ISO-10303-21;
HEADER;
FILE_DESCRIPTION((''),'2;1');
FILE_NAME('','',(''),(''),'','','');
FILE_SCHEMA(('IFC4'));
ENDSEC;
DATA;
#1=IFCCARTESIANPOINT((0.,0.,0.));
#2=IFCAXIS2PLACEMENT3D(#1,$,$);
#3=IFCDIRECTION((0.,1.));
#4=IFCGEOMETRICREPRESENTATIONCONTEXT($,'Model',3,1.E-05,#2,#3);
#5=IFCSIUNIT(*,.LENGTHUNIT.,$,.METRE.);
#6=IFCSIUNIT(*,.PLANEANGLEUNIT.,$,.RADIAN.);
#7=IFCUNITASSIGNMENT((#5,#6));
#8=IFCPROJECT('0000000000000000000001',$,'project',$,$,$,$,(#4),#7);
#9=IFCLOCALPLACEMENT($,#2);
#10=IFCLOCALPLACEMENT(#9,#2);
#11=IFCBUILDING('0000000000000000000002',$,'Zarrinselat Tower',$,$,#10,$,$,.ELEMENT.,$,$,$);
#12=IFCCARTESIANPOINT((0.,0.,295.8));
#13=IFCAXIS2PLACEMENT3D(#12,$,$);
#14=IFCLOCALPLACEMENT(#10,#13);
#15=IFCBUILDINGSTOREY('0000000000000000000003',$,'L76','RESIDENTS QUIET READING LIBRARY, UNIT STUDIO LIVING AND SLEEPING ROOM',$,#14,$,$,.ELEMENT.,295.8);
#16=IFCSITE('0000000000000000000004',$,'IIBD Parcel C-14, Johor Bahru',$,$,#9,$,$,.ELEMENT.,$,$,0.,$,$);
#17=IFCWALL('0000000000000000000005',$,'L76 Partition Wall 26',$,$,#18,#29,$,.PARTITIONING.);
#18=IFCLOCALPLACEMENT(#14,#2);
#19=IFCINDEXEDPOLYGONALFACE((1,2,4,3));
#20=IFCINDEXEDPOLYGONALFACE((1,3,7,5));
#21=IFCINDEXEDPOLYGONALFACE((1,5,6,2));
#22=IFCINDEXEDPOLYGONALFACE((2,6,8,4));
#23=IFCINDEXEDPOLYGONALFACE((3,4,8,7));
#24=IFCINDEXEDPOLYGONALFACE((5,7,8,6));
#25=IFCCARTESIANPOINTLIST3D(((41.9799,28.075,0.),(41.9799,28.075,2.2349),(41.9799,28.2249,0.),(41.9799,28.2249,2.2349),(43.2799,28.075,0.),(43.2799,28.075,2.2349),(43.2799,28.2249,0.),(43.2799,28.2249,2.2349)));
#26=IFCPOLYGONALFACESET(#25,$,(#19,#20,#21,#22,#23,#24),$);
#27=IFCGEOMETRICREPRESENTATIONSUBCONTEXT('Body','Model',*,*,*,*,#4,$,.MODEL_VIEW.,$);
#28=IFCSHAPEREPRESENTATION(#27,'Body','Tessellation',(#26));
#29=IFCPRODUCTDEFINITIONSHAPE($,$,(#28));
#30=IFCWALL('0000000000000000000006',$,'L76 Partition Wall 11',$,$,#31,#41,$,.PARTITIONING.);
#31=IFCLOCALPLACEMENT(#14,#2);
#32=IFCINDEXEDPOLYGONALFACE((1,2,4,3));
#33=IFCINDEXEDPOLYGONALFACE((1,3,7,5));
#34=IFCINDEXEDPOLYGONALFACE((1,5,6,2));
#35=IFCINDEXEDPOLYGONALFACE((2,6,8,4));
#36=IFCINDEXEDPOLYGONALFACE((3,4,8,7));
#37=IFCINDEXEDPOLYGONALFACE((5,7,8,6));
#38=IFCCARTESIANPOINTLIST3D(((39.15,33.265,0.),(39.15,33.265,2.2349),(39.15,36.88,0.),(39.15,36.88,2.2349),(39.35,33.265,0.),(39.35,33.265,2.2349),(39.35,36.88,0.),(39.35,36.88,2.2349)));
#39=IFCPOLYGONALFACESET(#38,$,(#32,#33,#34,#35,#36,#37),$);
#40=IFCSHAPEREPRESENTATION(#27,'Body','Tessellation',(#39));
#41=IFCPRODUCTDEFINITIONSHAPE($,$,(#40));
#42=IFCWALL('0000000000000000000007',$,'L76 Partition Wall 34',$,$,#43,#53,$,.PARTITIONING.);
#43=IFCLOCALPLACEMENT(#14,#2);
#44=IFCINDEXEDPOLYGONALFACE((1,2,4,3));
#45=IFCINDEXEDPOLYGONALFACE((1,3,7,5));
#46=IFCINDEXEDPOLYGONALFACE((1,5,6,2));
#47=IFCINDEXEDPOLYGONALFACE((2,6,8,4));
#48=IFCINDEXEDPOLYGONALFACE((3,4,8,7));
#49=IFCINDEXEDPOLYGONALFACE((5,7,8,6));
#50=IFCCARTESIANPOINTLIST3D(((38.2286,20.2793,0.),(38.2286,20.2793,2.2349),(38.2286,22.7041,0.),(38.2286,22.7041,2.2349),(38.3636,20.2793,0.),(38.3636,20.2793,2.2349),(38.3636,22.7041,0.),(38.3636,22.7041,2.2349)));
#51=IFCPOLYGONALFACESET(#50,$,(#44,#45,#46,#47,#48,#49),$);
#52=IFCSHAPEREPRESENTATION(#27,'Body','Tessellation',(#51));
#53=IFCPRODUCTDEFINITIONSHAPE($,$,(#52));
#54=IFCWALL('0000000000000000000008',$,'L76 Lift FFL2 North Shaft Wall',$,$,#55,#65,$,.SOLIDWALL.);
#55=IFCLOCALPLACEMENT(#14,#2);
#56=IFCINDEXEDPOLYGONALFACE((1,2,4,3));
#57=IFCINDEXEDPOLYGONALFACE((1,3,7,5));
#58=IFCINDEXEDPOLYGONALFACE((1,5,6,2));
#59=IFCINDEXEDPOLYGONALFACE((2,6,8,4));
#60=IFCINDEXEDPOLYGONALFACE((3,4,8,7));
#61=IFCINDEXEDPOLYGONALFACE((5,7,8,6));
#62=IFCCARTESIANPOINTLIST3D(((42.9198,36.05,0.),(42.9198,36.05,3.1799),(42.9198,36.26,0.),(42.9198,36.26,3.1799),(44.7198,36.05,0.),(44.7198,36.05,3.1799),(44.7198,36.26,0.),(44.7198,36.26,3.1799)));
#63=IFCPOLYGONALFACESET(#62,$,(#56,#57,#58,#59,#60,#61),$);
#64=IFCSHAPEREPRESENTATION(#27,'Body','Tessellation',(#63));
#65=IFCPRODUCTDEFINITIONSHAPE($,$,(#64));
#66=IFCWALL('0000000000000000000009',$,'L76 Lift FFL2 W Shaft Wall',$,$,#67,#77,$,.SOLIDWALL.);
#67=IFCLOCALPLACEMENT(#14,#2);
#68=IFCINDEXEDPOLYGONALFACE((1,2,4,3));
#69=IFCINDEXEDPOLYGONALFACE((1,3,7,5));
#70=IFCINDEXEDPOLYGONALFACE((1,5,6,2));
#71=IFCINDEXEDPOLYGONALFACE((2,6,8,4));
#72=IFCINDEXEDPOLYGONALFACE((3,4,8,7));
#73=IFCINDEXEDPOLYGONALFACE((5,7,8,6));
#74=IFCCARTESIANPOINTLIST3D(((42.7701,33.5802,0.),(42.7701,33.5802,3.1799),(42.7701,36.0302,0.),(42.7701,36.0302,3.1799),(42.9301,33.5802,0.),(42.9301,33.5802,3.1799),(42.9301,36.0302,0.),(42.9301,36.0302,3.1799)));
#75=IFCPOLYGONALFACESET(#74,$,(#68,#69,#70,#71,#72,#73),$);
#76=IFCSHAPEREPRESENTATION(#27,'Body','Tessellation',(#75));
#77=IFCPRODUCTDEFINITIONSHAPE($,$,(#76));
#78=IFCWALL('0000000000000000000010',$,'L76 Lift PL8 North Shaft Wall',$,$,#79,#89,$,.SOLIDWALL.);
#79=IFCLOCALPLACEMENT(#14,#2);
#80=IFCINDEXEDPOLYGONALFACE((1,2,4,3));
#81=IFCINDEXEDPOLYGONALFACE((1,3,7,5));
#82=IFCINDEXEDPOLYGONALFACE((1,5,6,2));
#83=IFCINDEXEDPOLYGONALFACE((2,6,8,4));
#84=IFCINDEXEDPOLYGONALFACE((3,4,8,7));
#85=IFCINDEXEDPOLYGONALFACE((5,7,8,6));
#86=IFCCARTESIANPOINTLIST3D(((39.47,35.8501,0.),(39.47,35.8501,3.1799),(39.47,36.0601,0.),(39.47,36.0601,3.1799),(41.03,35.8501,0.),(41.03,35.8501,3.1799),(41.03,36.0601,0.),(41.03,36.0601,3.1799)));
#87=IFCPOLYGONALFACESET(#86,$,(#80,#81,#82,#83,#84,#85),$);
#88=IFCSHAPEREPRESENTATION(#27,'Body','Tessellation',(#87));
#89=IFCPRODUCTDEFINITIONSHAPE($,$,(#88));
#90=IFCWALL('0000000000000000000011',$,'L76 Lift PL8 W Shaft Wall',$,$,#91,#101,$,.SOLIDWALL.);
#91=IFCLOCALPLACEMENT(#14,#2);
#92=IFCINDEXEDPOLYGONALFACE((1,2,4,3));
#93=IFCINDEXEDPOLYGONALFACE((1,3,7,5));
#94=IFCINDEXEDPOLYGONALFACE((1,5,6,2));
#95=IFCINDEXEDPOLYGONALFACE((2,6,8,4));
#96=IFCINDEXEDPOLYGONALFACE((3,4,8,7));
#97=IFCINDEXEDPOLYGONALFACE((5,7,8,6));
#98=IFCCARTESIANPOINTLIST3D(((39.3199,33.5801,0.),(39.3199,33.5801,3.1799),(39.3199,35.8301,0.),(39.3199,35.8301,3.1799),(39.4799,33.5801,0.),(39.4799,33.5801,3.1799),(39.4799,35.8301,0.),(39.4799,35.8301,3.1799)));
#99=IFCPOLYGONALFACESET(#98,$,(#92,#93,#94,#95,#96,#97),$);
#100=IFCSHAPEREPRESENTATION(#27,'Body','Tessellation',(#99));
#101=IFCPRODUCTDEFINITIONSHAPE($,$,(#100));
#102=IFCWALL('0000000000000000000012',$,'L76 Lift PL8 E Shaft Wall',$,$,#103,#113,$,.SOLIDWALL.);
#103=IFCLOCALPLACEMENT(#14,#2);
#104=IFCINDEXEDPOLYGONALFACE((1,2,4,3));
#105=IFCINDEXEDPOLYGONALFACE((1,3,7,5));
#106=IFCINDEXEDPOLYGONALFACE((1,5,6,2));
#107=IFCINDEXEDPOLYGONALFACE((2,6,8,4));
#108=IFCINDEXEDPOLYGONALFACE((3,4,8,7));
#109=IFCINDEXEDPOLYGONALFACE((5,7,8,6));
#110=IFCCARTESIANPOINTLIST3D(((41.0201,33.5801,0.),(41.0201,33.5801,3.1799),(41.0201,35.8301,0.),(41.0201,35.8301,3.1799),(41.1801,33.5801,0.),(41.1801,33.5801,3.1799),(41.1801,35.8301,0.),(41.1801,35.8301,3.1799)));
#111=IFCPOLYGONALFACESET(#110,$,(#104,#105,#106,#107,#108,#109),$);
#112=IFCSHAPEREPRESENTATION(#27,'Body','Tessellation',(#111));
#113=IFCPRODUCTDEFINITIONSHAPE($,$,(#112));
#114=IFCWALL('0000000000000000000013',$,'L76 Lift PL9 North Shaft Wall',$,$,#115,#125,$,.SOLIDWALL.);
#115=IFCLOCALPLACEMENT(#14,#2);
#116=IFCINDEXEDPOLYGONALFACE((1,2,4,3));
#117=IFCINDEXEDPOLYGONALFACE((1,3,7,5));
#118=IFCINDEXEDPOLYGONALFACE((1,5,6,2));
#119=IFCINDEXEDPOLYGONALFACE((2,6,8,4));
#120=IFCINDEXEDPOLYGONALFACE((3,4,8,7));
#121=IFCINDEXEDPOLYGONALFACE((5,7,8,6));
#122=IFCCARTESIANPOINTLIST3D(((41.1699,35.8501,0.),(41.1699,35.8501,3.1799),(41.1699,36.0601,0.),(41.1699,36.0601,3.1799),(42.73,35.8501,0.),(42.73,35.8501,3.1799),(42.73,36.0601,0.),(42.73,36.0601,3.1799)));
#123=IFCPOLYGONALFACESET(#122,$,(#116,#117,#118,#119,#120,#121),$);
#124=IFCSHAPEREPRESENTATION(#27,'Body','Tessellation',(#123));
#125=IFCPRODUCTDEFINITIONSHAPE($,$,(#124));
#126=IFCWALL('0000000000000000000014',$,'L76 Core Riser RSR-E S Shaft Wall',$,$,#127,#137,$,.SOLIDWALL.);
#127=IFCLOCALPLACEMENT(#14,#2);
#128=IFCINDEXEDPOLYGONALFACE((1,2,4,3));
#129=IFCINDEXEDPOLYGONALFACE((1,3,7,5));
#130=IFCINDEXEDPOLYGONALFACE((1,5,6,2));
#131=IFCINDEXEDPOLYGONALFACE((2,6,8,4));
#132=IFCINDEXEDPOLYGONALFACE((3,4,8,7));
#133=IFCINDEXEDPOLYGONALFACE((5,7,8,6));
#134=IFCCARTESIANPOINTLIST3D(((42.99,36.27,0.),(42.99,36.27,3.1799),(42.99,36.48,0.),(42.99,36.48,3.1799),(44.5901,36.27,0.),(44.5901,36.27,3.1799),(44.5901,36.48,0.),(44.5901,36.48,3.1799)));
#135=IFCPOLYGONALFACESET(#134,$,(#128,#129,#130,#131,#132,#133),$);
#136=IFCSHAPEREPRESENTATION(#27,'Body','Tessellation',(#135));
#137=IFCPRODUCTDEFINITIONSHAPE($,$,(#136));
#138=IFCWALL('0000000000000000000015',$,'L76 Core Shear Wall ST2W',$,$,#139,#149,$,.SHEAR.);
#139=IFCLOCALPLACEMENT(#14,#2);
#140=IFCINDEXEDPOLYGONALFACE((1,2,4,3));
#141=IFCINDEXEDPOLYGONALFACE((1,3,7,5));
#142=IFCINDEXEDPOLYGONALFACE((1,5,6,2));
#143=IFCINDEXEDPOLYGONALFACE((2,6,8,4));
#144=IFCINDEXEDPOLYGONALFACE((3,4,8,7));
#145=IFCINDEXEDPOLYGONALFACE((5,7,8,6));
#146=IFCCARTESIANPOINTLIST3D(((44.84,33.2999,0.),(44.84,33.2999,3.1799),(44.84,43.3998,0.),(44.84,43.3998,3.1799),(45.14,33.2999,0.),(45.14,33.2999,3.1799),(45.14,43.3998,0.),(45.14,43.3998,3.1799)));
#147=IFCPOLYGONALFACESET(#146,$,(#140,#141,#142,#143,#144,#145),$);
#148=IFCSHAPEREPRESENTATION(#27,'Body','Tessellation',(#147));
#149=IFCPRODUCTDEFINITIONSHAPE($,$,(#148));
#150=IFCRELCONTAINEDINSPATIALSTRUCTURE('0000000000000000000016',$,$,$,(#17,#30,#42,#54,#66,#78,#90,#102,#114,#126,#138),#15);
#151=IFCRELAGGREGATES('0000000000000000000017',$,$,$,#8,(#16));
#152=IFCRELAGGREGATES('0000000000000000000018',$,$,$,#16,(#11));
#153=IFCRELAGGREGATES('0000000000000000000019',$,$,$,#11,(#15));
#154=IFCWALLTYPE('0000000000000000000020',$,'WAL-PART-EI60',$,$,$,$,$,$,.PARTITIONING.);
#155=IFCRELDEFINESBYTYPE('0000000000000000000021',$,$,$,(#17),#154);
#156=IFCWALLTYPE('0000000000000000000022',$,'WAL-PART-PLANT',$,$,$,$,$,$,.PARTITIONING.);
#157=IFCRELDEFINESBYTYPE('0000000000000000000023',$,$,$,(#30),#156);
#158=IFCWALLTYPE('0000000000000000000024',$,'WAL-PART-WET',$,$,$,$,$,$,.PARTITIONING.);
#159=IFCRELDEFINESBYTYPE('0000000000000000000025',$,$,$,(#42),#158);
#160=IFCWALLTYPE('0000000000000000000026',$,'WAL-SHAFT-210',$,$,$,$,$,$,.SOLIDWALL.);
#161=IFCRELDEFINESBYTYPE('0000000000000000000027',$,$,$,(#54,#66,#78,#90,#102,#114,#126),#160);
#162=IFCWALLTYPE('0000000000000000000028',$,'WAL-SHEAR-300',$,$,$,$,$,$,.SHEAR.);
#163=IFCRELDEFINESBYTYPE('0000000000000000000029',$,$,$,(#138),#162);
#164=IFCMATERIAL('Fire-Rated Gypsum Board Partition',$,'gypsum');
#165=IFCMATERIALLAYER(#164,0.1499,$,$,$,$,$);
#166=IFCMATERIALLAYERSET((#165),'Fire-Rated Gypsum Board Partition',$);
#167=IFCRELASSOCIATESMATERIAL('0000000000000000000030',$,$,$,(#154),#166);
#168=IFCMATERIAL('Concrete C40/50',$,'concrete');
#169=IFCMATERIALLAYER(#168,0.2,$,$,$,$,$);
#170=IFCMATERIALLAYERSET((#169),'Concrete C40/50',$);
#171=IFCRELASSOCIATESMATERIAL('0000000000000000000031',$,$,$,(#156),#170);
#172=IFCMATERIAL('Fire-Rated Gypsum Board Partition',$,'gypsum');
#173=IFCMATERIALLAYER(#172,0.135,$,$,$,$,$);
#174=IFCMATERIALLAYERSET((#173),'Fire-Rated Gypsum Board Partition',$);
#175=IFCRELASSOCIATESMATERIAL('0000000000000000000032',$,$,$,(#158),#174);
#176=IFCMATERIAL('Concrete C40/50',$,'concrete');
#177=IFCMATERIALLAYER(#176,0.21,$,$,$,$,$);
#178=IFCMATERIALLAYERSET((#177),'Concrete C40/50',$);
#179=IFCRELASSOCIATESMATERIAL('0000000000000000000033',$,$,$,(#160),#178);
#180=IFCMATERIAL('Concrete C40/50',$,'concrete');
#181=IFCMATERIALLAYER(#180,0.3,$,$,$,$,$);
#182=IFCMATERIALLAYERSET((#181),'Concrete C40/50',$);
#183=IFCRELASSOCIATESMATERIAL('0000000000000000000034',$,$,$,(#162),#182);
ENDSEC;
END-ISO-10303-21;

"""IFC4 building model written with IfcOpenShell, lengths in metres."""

from ifc_helpers import new_model, si_unit, direction, frame, frame_2d, origin, place, context, subcontext, project, spatial, rectangle, extrude, material, layer, layer_set, type_object, element, save


model = new_model("IFC4")

# Units and contexts
model_context = context("Model", 3, precision=1e-05, world=origin(), true_north=direction((0.0, 1.0)))
body_context = subcontext(model_context, "Body", "Model", "MODEL_VIEW")
ifc_project = project(units=[si_unit("LENGTHUNIT", "METRE"), si_unit("PLANEANGLEUNIT", "RADIAN")], contexts=[model_context])

# Site, building, storey
site_placement = place(None, origin())
site = spatial("IfcSite", under=ifc_project, at=site_placement, Name="IIBD Parcel C-14, Johor Bahru", CompositionType="ELEMENT", RefElevation=0.0)
building_placement = place(site_placement, origin())
building = spatial("IfcBuilding", under=site, at=building_placement, Name="Zarrinselat Tower", CompositionType="ELEMENT")
storey_placement = place(building_placement, frame((0.0, 0.0, 295.8)))
storey = spatial("IfcBuildingStorey", under=building, at=storey_placement, Name="L76", Description="RESIDENTS QUIET READING LIBRARY, UNIT STUDIO LIVING AND SLEEPING ROOM", CompositionType="ELEMENT", Elevation=295.8)

# Shared definitions
ifc_material_1 = material(Name="Fire-Rated Gypsum Board Partition", Category="gypsum")
ifc_layer_1 = layer(ifc_material_1, 0.1499)
ifc_layer_set_1 = layer_set([ifc_layer_1], Name="Fire-Rated Gypsum Board Partition")
wall_type_1 = type_object("IfcWallType", Name="WAL-PART-EI60", PredefinedType="PARTITIONING", material=ifc_layer_set_1)

# Walls
wall_1_placement = place(storey_placement, frame((41.98, 28.1499, 0.0), z_axis=(0.0, 0.0, 1.0), x_axis=(1.0, 0.0, 0.0)))
element("IfcWall", 1, at=wall_1_placement, inside=storey, type_object=wall_type_1, Name="L76 Partition Wall 26", PredefinedType="PARTITIONING", context=body_context, shape_type="SweptSolid", body=[
    extrude(rectangle(XDim=1.3, YDim=0.1499, at=frame_2d((0.6499, 0.0))), origin(), (0.0, 0.0, 1.0), 2.2349),
])
ifc_material_2 = material(Name="Concrete C40/50", Category="concrete")
ifc_layer_2 = layer(ifc_material_2, 0.2)
ifc_layer_set_2 = layer_set([ifc_layer_2], Name="Concrete C40/50")
wall_type_2 = type_object("IfcWallType", Name="WAL-PART-PLANT", PredefinedType="PARTITIONING", material=ifc_layer_set_2)
wall_2_placement = place(storey_placement, frame((39.25, 33.2649, 0.0), z_axis=(0.0, 0.0, 1.0), x_axis=(0.0, 1.0, 0.0)))
element("IfcWall", 2, at=wall_2_placement, inside=storey, type_object=wall_type_2, Name="L76 Partition Wall 11", PredefinedType="PARTITIONING", context=body_context, shape_type="SweptSolid", body=[
    extrude(rectangle(XDim=3.615, YDim=0.2, at=frame_2d((1.8076, 0.0))), origin(), (0.0, 0.0, 1.0), 2.2349),
])
ifc_material_3 = material(Name="Fire-Rated Gypsum Board Partition", Category="gypsum")
ifc_layer_3 = layer(ifc_material_3, 0.135)
ifc_layer_set_3 = layer_set([ifc_layer_3], Name="Fire-Rated Gypsum Board Partition")
wall_type_3 = type_object("IfcWallType", Name="WAL-PART-WET", PredefinedType="PARTITIONING", material=ifc_layer_set_3)
wall_3_placement = place(storey_placement, frame((38.2961, 20.2793, 0.0), z_axis=(0.0, 0.0, 1.0), x_axis=(0.0, 1.0, 0.0)))
element("IfcWall", 3, at=wall_3_placement, inside=storey, type_object=wall_type_3, Name="L76 Partition Wall 34", PredefinedType="PARTITIONING", context=body_context, shape_type="SweptSolid", body=[
    extrude(rectangle(XDim=2.4248, YDim=0.135, at=frame_2d((1.2124, 0.0))), origin(), (0.0, 0.0, 1.0), 2.2349),
])
ifc_material_4 = material(Name="Concrete C40/50", Category="concrete")
ifc_layer_4 = layer(ifc_material_4, 0.21)
ifc_layer_set_4 = layer_set([ifc_layer_4], Name="Concrete C40/50")
wall_type_4 = type_object("IfcWallType", Name="WAL-SHAFT-210", PredefinedType="SOLIDWALL", material=ifc_layer_set_4)
wall_4_placement = place(storey_placement, frame((42.9199, 36.155, 0.0), z_axis=(0.0, 0.0, 1.0), x_axis=(1.0, 0.0, 0.0)))
element("IfcWall", 4, at=wall_4_placement, inside=storey, type_object=wall_type_4, Name="L76 Lift FFL2 North Shaft Wall", PredefinedType="SOLIDWALL", context=body_context, shape_type="SweptSolid", body=[
    extrude(rectangle(XDim=1.8, YDim=0.21, at=frame_2d((0.8999, 0.0))), origin(), (0.0, 0.0, 1.0), 3.1799),
])
wall_5_placement = place(storey_placement, frame((42.8501, 33.5801, 0.0), z_axis=(0.0, 0.0, 1.0), x_axis=(0.0, 1.0, 0.0)))
element("IfcWall", 5, at=wall_5_placement, inside=storey, type_object=wall_type_4, Name="L76 Lift FFL2 W Shaft Wall", PredefinedType="SOLIDWALL", context=body_context, shape_type="SweptSolid", body=[
    extrude(rectangle(XDim=2.45, YDim=0.1599, at=frame_2d((1.2251, 0.0))), origin(), (0.0, 0.0, 1.0), 3.1799),
])
wall_6_placement = place(storey_placement, frame((39.47, 35.9551, 0.0), z_axis=(0.0, 0.0, 1.0), x_axis=(1.0, 0.0, 0.0)))
element("IfcWall", 6, at=wall_6_placement, inside=storey, type_object=wall_type_4, Name="L76 Lift PL8 North Shaft Wall", PredefinedType="SOLIDWALL", context=body_context, shape_type="SweptSolid", body=[
    extrude(rectangle(XDim=1.5601, YDim=0.21, at=frame_2d((0.78, 0.0))), origin(), (0.0, 0.0, 1.0), 3.1799),
])
for number, where, z_axis, x_axis, name in (
    (7, (39.3999, 33.5801, 0.0), (0.0, 0.0, 1.0), (0.0, 1.0, 0.0), "L76 Lift PL8 W Shaft Wall"),
    (8, (41.1001, 33.5801, 0.0), (0.0, 0.0, 1.0), (0.0, 1.0, 0.0), "L76 Lift PL8 E Shaft Wall"),
):
    element("IfcWall", number, at=place(storey_placement, frame(where, z_axis=z_axis, x_axis=x_axis)), inside=storey, type_object=wall_type_4, Name=name, PredefinedType="SOLIDWALL", context=body_context, shape_type="SweptSolid", body=[
        extrude(rectangle(XDim=2.25, YDim=0.1599, at=frame_2d((1.125, 0.0))), origin(), (0.0, 0.0, 1.0), 3.1799),
    ])
wall_7_placement = place(storey_placement, frame((41.1699, 35.9551, 0.0), z_axis=(0.0, 0.0, 1.0), x_axis=(1.0, 0.0, 0.0)))
element("IfcWall", 9, at=wall_7_placement, inside=storey, type_object=wall_type_4, Name="L76 Lift PL9 North Shaft Wall", PredefinedType="SOLIDWALL", context=body_context, shape_type="SweptSolid", body=[
    extrude(rectangle(XDim=1.5601, YDim=0.21, at=frame_2d((0.78, 0.0))), origin(), (0.0, 0.0, 1.0), 3.1799),
])
wall_8_placement = place(storey_placement, frame((42.99, 36.375, 0.0), z_axis=(0.0, 0.0, 1.0), x_axis=(1.0, 0.0, 0.0)))
element("IfcWall", 10, at=wall_8_placement, inside=storey, type_object=wall_type_4, Name="L76 Core Riser RSR-E S Shaft Wall", PredefinedType="SOLIDWALL", context=body_context, shape_type="SweptSolid", body=[
    extrude(rectangle(XDim=1.6001, YDim=0.21, at=frame_2d((0.8, 0.0))), origin(), (0.0, 0.0, 1.0), 3.1799),
])
ifc_material_5 = material(Name="Concrete C40/50", Category="concrete")
ifc_layer_5 = layer(ifc_material_5, 0.3)
ifc_layer_set_5 = layer_set([ifc_layer_5], Name="Concrete C40/50")
wall_type_5 = type_object("IfcWallType", Name="WAL-SHEAR-300", PredefinedType="SHEAR", material=ifc_layer_set_5)
wall_9_placement = place(storey_placement, frame((44.99, 33.3, 0.0), z_axis=(0.0, 0.0, 1.0), x_axis=(0.0, 1.0, 0.0)))
element("IfcWall", 11, at=wall_9_placement, inside=storey, type_object=wall_type_5, Name="L76 Core Shear Wall ST2W", PredefinedType="SHEAR", context=body_context, shape_type="SweptSolid", body=[
    extrude(rectangle(XDim=10.0999, YDim=0.3, at=frame_2d((5.0498, 0.0))), origin(), (0.0, 0.0, 1.0), 3.1799),
])

save(model, "model.ifc")
